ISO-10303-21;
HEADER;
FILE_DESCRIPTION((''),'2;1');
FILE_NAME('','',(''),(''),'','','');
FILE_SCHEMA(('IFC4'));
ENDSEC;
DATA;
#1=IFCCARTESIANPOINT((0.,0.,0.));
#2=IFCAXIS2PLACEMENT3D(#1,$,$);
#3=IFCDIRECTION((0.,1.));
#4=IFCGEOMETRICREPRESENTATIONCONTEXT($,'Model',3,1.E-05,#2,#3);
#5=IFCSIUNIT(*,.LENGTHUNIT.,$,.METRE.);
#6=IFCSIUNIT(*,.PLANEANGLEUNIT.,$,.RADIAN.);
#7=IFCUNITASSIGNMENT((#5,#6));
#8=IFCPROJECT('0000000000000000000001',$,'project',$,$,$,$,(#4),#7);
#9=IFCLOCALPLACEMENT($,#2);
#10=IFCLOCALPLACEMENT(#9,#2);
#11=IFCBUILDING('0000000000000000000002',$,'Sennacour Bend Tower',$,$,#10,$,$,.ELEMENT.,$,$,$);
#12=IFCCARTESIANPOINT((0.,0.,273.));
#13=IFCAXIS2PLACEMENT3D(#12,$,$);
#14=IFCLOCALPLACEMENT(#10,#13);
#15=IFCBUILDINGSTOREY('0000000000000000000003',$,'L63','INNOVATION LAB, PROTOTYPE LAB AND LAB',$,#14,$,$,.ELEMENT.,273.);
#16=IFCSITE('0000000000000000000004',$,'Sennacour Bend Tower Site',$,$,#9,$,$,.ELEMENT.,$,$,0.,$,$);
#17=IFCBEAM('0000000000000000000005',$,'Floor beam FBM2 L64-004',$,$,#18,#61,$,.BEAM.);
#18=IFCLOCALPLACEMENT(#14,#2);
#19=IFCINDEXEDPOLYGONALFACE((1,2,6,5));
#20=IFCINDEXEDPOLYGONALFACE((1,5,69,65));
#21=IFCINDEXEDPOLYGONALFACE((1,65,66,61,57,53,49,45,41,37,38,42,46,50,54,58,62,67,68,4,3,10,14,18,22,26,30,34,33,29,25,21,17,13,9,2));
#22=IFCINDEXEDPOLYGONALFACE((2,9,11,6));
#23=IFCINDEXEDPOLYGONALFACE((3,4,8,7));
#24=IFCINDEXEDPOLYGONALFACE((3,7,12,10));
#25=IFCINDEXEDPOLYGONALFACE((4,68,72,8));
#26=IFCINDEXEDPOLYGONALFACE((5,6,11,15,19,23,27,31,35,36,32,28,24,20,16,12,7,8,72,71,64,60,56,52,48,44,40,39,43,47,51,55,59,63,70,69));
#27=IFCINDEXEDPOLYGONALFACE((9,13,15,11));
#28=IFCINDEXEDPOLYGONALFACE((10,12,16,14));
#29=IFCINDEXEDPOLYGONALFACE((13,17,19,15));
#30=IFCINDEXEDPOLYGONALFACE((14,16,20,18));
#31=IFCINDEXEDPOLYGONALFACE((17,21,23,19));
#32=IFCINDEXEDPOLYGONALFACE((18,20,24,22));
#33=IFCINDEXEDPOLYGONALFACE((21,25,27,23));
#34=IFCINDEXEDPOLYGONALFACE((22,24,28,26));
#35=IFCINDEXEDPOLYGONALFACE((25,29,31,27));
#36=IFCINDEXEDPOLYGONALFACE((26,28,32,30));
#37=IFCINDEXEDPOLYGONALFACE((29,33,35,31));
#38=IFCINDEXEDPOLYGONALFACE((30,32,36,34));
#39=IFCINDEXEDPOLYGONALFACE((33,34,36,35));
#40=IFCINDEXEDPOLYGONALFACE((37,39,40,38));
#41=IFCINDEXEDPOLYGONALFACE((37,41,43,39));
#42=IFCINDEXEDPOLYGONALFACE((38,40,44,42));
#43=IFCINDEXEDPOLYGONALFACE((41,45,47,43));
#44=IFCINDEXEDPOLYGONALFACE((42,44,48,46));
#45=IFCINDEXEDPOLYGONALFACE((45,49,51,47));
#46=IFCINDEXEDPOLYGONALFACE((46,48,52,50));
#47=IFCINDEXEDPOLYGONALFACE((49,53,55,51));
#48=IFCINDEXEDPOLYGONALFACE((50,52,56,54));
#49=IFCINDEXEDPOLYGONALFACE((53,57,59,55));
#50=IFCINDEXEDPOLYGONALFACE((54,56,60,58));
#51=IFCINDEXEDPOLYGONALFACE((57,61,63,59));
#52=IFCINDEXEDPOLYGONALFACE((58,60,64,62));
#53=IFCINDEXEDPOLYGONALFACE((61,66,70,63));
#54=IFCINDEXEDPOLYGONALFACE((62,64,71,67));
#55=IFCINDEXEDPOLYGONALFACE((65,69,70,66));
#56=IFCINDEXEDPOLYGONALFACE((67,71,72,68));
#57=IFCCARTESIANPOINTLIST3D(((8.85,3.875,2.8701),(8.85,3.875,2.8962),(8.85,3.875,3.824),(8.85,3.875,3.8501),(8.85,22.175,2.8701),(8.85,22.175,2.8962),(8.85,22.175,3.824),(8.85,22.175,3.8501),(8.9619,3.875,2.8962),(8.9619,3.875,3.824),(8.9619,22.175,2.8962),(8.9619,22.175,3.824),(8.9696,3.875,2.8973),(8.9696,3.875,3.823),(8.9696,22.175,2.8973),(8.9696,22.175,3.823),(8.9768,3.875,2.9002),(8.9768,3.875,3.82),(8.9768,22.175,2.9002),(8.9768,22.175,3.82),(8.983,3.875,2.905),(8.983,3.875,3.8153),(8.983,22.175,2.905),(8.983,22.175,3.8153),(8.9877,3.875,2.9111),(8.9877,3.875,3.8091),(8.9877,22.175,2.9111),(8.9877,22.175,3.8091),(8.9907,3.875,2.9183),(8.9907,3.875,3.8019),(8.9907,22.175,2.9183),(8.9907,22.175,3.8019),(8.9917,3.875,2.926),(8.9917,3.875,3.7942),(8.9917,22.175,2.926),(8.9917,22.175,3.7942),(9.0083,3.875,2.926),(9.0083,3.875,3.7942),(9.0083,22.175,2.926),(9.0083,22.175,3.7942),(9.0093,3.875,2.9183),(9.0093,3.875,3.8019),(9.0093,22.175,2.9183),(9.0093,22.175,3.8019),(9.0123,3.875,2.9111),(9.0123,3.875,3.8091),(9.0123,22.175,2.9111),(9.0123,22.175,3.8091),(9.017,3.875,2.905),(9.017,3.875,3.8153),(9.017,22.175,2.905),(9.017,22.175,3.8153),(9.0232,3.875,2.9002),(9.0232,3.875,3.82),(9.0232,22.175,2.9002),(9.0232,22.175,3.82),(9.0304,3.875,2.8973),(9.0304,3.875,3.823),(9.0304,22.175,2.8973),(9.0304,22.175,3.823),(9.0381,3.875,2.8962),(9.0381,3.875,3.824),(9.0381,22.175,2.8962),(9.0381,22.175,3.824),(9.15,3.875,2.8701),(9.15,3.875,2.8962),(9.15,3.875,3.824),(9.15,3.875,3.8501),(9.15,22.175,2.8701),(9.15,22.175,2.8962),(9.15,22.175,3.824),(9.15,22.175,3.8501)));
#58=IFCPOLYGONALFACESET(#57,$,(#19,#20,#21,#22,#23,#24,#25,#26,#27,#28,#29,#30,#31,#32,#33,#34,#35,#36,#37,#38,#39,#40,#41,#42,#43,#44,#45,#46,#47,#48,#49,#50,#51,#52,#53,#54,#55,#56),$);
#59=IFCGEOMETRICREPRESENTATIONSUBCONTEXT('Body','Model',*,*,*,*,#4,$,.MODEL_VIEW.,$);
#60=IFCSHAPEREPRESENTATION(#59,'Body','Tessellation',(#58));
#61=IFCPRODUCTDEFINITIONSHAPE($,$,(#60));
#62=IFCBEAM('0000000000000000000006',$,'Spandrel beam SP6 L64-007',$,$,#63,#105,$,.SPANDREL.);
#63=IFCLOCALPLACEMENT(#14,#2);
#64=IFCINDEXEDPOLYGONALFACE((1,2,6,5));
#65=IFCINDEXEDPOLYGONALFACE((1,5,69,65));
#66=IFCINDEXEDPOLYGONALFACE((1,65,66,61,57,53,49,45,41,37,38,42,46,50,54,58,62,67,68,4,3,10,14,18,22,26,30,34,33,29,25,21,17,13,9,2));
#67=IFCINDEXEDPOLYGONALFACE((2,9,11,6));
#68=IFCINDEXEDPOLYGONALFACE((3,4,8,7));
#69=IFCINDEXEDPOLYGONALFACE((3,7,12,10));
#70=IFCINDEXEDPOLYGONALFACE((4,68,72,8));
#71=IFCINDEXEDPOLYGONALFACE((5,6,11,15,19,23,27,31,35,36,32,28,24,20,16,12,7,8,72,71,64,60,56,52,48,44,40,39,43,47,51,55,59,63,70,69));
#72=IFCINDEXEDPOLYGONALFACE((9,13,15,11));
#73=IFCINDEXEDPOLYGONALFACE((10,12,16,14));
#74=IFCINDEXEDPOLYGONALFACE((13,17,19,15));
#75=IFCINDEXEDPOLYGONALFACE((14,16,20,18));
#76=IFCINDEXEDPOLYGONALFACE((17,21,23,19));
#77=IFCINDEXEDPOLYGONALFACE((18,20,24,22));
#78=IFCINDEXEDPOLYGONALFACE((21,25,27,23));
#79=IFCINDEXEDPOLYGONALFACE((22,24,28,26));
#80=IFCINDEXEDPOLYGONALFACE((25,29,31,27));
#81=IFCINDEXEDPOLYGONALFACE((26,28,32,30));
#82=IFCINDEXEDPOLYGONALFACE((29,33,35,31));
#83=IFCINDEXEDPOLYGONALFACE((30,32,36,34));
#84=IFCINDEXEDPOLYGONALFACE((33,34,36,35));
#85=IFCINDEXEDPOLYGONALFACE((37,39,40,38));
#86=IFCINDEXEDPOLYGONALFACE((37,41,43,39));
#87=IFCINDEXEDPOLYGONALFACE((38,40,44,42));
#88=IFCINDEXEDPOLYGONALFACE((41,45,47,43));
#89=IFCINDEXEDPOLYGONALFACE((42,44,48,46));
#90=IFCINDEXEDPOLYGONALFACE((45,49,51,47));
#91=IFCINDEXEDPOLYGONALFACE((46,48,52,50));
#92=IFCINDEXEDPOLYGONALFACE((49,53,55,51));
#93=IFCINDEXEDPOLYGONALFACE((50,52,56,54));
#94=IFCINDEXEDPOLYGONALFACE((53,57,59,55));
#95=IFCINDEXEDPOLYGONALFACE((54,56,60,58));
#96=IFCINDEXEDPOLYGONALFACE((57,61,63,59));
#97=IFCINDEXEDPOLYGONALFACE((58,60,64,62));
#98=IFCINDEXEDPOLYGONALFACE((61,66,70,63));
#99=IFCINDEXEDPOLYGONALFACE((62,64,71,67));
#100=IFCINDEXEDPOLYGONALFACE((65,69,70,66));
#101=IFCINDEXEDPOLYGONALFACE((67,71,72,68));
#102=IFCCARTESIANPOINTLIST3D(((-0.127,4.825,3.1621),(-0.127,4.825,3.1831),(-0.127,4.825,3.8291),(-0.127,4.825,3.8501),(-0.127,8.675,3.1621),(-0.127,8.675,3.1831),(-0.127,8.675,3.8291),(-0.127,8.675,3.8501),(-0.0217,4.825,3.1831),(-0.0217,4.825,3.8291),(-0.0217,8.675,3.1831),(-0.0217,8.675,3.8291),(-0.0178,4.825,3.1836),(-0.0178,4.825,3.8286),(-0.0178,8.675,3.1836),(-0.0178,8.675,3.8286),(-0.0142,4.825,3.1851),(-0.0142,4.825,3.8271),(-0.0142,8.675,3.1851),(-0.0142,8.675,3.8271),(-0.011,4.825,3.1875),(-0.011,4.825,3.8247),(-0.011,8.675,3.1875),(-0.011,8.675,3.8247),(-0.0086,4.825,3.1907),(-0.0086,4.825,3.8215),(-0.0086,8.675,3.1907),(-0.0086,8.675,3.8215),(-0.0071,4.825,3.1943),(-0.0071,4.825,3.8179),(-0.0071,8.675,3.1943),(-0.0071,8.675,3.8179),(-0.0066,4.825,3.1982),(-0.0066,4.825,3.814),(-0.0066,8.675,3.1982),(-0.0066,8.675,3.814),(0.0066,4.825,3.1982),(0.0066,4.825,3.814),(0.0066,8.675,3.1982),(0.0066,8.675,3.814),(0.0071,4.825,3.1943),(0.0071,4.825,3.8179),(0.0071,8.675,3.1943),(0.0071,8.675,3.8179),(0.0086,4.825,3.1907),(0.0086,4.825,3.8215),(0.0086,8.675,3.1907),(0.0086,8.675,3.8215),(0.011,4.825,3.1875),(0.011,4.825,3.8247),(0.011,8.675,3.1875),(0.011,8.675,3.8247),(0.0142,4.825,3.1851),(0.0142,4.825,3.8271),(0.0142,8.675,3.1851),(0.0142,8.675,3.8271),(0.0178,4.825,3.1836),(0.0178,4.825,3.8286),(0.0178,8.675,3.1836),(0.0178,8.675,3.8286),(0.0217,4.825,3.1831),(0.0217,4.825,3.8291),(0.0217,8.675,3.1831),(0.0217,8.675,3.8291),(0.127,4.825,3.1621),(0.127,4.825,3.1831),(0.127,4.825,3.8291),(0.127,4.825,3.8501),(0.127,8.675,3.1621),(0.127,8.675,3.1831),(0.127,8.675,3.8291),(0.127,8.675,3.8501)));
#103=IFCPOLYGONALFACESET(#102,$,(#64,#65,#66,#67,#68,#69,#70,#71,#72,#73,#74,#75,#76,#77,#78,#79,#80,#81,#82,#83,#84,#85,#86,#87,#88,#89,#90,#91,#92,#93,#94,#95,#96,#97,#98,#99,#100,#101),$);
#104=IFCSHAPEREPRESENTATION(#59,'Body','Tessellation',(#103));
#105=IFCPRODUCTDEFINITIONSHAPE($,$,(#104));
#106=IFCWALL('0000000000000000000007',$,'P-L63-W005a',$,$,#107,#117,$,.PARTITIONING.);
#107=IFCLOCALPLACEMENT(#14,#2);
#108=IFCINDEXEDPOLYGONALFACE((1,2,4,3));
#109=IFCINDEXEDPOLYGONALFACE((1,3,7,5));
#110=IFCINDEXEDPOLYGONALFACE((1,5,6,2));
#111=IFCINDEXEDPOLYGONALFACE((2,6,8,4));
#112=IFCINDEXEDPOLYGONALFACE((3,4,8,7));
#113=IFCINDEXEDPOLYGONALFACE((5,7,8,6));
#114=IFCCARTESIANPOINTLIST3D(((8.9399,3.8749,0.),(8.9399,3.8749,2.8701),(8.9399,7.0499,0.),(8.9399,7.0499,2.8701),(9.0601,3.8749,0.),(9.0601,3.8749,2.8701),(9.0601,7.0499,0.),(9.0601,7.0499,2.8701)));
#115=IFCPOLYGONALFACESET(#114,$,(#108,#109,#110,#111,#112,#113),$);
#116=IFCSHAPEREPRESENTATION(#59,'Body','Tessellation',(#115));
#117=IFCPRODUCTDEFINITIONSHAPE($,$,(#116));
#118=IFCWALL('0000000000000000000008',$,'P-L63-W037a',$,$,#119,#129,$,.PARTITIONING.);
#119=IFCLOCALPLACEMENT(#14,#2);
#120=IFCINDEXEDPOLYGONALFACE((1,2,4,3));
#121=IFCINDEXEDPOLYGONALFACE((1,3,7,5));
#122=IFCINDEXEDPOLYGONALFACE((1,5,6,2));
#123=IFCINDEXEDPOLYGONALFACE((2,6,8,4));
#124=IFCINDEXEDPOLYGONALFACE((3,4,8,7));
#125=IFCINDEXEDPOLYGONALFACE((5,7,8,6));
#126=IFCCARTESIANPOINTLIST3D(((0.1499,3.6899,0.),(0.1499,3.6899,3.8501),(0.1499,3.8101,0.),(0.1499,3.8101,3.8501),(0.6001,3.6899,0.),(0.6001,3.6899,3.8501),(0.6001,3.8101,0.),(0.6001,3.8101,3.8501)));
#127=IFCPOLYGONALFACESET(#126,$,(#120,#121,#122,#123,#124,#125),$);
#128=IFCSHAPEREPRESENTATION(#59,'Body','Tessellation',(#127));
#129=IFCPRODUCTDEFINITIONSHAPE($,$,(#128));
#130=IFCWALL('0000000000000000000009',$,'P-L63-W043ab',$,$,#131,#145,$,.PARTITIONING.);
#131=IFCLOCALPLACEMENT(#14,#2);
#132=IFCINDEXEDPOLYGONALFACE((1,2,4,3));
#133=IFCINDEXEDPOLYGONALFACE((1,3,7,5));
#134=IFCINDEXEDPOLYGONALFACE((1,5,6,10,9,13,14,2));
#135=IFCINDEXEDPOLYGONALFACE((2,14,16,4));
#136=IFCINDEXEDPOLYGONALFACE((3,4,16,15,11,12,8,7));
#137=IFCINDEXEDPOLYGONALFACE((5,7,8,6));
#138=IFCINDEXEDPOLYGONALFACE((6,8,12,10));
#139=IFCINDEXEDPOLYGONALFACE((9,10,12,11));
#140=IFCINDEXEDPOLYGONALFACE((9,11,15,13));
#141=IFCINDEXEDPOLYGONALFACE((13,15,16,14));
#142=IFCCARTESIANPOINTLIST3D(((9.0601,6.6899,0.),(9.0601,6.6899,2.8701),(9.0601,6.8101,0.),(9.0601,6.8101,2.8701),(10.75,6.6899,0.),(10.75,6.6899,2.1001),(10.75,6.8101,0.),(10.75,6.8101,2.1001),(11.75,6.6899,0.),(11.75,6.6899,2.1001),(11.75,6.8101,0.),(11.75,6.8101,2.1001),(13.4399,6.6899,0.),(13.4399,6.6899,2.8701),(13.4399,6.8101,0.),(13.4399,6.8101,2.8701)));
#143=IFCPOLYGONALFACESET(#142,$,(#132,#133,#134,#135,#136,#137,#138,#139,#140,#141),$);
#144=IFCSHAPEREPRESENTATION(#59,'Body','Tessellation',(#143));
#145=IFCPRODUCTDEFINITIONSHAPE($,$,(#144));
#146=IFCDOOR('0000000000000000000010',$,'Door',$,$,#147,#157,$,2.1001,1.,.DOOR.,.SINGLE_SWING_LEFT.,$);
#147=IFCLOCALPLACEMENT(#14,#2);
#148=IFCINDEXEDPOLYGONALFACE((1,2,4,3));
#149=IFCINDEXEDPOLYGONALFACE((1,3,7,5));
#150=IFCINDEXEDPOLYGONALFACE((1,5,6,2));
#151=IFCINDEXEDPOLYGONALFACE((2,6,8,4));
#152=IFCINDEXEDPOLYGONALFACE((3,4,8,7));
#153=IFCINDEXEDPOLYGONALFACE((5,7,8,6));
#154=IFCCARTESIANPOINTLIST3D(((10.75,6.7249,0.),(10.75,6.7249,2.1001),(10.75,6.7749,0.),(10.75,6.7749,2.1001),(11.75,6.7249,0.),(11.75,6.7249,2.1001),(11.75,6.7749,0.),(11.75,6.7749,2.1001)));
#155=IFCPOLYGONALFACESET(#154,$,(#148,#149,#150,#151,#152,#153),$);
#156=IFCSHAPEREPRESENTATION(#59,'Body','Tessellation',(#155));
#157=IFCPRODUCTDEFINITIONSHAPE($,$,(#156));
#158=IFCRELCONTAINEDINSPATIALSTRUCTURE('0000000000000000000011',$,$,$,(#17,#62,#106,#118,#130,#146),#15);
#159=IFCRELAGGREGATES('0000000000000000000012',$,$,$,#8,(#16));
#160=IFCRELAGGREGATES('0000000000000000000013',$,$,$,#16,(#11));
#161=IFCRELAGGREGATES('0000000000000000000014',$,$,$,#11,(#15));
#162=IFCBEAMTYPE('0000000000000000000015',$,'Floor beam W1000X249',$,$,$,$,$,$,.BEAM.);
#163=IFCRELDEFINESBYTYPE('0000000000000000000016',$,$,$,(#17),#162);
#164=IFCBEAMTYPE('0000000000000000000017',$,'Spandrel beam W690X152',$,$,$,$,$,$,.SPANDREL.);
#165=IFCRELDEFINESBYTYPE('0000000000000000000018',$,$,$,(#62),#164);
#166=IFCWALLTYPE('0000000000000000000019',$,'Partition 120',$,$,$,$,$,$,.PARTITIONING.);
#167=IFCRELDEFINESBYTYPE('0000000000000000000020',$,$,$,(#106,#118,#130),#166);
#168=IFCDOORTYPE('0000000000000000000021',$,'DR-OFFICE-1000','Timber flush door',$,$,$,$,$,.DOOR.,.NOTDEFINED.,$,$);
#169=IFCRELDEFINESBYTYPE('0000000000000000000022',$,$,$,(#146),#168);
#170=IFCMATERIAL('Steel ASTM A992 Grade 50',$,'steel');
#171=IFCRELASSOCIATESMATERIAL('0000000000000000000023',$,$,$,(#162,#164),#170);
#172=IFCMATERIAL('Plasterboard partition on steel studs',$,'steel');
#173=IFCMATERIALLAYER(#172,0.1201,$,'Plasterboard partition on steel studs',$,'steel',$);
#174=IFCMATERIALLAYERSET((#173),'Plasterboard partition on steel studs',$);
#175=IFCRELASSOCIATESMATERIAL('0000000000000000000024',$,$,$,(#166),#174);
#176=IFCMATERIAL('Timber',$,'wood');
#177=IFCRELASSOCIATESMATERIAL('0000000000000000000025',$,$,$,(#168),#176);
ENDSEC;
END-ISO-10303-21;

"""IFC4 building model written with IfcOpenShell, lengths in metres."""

from ifc_helpers import new_model, si_unit, direction, frame, frame_2d, origin, origin_2d, place, context, subcontext, project, spatial, rectangle, i_section, extrude, material, layer, layer_set, material_profile, profile_set, type_object, element, fill, save


model = new_model("IFC4")

# Units and contexts
model_context = context("Model", 3, precision=1e-05, world=origin(), true_north=direction((0.0, 1.0)))
body_context = subcontext(model_context, "Body", "Model", "MODEL_VIEW")
ifc_project = project(units=[si_unit("LENGTHUNIT", "METRE"), si_unit("PLANEANGLEUNIT", "RADIAN")], contexts=[model_context])

# Site, building, storey
site_placement = place(None, origin())
site = spatial("IfcSite", under=ifc_project, at=site_placement, Name="Sennacour Bend Tower Site", CompositionType="ELEMENT", RefElevation=0.0)
building_placement = place(site_placement, origin())
building = spatial("IfcBuilding", under=site, at=building_placement, Name="Sennacour Bend Tower", CompositionType="ELEMENT")
storey_placement = place(building_placement, frame((0.0, 0.0, 273.0)))
storey = spatial("IfcBuildingStorey", under=building, at=storey_placement, Name="L63", Description="INNOVATION LAB, PROTOTYPE LAB AND LAB", CompositionType="ELEMENT", Elevation=273.0)

# Beams
ifc_material_1 = material(Name="Steel ASTM A992 Grade 50", Category="steel")
ifc_material_profile_1 = material_profile(ifc_material_1, i_section(OverallWidth=0.3, OverallDepth=0.98, WebThickness=0.0166, FlangeThickness=0.0261, FilletRadius=0.0298, at=origin_2d()), Name="Steel ASTM A992 Grade 50", Category="steel")
ifc_profile_set_1 = profile_set([ifc_material_profile_1], Name="Steel ASTM A992 Grade 50")
beam_type_1 = type_object("IfcBeamType", Name="Floor beam W1000X249", PredefinedType="BEAM", material=ifc_profile_set_1)
beam_1_placement = place(storey_placement, frame((9.0, 3.875, 3.3601), z_axis=(0.0, 1.0, 0.0), x_axis=(-1.0, 0.0, 0.0)))
element("IfcBeam", 1, at=beam_1_placement, inside=storey, type_object=beam_type_1, Name="Floor beam FBM2 L64-004", PredefinedType="BEAM", context=body_context, shape_type="SweptSolid", body=[
    extrude(i_section(OverallWidth=0.3, OverallDepth=0.98, WebThickness=0.0166, FlangeThickness=0.0261, FilletRadius=0.0298, at=origin_2d()), origin(), (0.0, 0.0, 1.0), 18.3),
])
ifc_material_profile_2 = material_profile(ifc_material_1, i_section(OverallWidth=0.2539, OverallDepth=0.688, WebThickness=0.0132, FlangeThickness=0.021, FilletRadius=0.0151, at=origin_2d()), Name="Steel ASTM A992 Grade 50", Category="steel")
ifc_profile_set_2 = profile_set([ifc_material_profile_2], Name="Steel ASTM A992 Grade 50")
beam_type_2 = type_object("IfcBeamType", Name="Spandrel beam W690X152", PredefinedType="SPANDREL", material=ifc_profile_set_2)
beam_2_placement = place(storey_placement, frame((0.0, 4.825, 3.5061), z_axis=(0.0, 1.0, 0.0), x_axis=(-1.0, 0.0, 0.0)))
element("IfcBeam", 2, at=beam_2_placement, inside=storey, type_object=beam_type_2, Name="Spandrel beam SP6 L64-007", PredefinedType="SPANDREL", context=body_context, shape_type="SweptSolid", body=[
    extrude(i_section(OverallWidth=0.2539, OverallDepth=0.688, WebThickness=0.0132, FlangeThickness=0.021, FilletRadius=0.0151, at=origin_2d()), origin(), (0.0, 0.0, 1.0), 3.8501),
])

# Walls
ifc_material_2 = material(Name="Plasterboard partition on steel studs", Category="steel")
ifc_layer_1 = layer(ifc_material_2, 0.1201, Name="Plasterboard partition on steel studs", Category="steel")
ifc_layer_set_1 = layer_set([ifc_layer_1], Name="Plasterboard partition on steel studs")
wall_type_1 = type_object("IfcWallType", Name="Partition 120", PredefinedType="PARTITIONING", material=ifc_layer_set_1)
wall_1_placement = place(storey_placement, frame((9.0, 3.875, 0.0), z_axis=(0.0, 0.0, 1.0), x_axis=(0.0, 1.0, 0.0)))
element("IfcWall", 3, at=wall_1_placement, inside=storey, type_object=wall_type_1, Name="P-L63-W005a", PredefinedType="PARTITIONING", context=body_context, shape_type="SweptSolid", body=[
    extrude(rectangle(XDim=3.175, YDim=0.1201, at=frame_2d((1.5874, 0.0))), origin(), (0.0, 0.0, 1.0), 2.8701),
])
wall_2_placement = place(storey_placement, frame((0.1499, 3.75, 0.0), z_axis=(0.0, 0.0, 1.0), x_axis=(1.0, 0.0, 0.0)))
element("IfcWall", 4, at=wall_2_placement, inside=storey, type_object=wall_type_1, Name="P-L63-W037a", PredefinedType="PARTITIONING", context=body_context, shape_type="SweptSolid", body=[
    extrude(rectangle(XDim=0.4502, YDim=0.1201, at=frame_2d((0.2251, 0.0))), origin(), (0.0, 0.0, 1.0), 3.8501),
])

# Wall, opening, door
wall_3_placement = place(storey_placement, frame((9.0601, 6.75, 0.0), z_axis=(0.0, 0.0, 1.0), x_axis=(1.0, 0.0, 0.0)))
wall_3 = element("IfcWall", 5, at=wall_3_placement, inside=storey, type_object=wall_type_1, Name="P-L63-W043ab", PredefinedType="PARTITIONING", context=body_context, shape_type="SweptSolid", body=[
    extrude(rectangle(XDim=4.3799, YDim=0.1201, at=frame_2d((2.1899, 0.0))), origin(), (0.0, 0.0, 1.0), 2.8701),
])
opening_1_placement = place(wall_3_placement, frame((1.6899, 0.0, 0.0)))
opening_1 = element("IfcOpeningElement", 6, at=opening_1_placement, cuts=wall_3, PredefinedType="OPENING", context=body_context, shape_type="SweptSolid", body=[
    extrude(rectangle(XDim=1.0, YDim=2.1001, at=frame_2d((0.5, 1.05))), frame((0.0, 0.0701, 0.0), z_axis=(0.0, -1.0, 0.0), x_axis=(1.0, 0.0, 0.0)), (0.0, 0.0, 1.0), 0.1401),
])
ifc_material_3 = material(Name="Timber", Category="wood")
door_type_1 = type_object("IfcDoorType", Name="DR-OFFICE-1000", Description="Timber flush door", OperationType="NOTDEFINED", PredefinedType="DOOR", material=ifc_material_3)
door_1_placement = place(opening_1_placement, origin())
door_1 = element("IfcDoor", 7, at=door_1_placement, inside=storey, type_object=door_type_1, Name="Door", OperationType="SINGLE_SWING_LEFT", OverallHeight=2.1001, OverallWidth=1.0, PredefinedType="DOOR", context=body_context, shape_type="SweptSolid", body=[
    extrude(rectangle(XDim=1.0, YDim=2.1001, at=frame_2d((0.5, 1.05))), frame((0.0, 0.0249, 0.0), z_axis=(0.0, -1.0, 0.0), x_axis=(1.0, 0.0, 0.0)), (0.0, 0.0, 1.0), 0.05),
])
fill(opening_1, door_1)

save(model, "model.ifc")
